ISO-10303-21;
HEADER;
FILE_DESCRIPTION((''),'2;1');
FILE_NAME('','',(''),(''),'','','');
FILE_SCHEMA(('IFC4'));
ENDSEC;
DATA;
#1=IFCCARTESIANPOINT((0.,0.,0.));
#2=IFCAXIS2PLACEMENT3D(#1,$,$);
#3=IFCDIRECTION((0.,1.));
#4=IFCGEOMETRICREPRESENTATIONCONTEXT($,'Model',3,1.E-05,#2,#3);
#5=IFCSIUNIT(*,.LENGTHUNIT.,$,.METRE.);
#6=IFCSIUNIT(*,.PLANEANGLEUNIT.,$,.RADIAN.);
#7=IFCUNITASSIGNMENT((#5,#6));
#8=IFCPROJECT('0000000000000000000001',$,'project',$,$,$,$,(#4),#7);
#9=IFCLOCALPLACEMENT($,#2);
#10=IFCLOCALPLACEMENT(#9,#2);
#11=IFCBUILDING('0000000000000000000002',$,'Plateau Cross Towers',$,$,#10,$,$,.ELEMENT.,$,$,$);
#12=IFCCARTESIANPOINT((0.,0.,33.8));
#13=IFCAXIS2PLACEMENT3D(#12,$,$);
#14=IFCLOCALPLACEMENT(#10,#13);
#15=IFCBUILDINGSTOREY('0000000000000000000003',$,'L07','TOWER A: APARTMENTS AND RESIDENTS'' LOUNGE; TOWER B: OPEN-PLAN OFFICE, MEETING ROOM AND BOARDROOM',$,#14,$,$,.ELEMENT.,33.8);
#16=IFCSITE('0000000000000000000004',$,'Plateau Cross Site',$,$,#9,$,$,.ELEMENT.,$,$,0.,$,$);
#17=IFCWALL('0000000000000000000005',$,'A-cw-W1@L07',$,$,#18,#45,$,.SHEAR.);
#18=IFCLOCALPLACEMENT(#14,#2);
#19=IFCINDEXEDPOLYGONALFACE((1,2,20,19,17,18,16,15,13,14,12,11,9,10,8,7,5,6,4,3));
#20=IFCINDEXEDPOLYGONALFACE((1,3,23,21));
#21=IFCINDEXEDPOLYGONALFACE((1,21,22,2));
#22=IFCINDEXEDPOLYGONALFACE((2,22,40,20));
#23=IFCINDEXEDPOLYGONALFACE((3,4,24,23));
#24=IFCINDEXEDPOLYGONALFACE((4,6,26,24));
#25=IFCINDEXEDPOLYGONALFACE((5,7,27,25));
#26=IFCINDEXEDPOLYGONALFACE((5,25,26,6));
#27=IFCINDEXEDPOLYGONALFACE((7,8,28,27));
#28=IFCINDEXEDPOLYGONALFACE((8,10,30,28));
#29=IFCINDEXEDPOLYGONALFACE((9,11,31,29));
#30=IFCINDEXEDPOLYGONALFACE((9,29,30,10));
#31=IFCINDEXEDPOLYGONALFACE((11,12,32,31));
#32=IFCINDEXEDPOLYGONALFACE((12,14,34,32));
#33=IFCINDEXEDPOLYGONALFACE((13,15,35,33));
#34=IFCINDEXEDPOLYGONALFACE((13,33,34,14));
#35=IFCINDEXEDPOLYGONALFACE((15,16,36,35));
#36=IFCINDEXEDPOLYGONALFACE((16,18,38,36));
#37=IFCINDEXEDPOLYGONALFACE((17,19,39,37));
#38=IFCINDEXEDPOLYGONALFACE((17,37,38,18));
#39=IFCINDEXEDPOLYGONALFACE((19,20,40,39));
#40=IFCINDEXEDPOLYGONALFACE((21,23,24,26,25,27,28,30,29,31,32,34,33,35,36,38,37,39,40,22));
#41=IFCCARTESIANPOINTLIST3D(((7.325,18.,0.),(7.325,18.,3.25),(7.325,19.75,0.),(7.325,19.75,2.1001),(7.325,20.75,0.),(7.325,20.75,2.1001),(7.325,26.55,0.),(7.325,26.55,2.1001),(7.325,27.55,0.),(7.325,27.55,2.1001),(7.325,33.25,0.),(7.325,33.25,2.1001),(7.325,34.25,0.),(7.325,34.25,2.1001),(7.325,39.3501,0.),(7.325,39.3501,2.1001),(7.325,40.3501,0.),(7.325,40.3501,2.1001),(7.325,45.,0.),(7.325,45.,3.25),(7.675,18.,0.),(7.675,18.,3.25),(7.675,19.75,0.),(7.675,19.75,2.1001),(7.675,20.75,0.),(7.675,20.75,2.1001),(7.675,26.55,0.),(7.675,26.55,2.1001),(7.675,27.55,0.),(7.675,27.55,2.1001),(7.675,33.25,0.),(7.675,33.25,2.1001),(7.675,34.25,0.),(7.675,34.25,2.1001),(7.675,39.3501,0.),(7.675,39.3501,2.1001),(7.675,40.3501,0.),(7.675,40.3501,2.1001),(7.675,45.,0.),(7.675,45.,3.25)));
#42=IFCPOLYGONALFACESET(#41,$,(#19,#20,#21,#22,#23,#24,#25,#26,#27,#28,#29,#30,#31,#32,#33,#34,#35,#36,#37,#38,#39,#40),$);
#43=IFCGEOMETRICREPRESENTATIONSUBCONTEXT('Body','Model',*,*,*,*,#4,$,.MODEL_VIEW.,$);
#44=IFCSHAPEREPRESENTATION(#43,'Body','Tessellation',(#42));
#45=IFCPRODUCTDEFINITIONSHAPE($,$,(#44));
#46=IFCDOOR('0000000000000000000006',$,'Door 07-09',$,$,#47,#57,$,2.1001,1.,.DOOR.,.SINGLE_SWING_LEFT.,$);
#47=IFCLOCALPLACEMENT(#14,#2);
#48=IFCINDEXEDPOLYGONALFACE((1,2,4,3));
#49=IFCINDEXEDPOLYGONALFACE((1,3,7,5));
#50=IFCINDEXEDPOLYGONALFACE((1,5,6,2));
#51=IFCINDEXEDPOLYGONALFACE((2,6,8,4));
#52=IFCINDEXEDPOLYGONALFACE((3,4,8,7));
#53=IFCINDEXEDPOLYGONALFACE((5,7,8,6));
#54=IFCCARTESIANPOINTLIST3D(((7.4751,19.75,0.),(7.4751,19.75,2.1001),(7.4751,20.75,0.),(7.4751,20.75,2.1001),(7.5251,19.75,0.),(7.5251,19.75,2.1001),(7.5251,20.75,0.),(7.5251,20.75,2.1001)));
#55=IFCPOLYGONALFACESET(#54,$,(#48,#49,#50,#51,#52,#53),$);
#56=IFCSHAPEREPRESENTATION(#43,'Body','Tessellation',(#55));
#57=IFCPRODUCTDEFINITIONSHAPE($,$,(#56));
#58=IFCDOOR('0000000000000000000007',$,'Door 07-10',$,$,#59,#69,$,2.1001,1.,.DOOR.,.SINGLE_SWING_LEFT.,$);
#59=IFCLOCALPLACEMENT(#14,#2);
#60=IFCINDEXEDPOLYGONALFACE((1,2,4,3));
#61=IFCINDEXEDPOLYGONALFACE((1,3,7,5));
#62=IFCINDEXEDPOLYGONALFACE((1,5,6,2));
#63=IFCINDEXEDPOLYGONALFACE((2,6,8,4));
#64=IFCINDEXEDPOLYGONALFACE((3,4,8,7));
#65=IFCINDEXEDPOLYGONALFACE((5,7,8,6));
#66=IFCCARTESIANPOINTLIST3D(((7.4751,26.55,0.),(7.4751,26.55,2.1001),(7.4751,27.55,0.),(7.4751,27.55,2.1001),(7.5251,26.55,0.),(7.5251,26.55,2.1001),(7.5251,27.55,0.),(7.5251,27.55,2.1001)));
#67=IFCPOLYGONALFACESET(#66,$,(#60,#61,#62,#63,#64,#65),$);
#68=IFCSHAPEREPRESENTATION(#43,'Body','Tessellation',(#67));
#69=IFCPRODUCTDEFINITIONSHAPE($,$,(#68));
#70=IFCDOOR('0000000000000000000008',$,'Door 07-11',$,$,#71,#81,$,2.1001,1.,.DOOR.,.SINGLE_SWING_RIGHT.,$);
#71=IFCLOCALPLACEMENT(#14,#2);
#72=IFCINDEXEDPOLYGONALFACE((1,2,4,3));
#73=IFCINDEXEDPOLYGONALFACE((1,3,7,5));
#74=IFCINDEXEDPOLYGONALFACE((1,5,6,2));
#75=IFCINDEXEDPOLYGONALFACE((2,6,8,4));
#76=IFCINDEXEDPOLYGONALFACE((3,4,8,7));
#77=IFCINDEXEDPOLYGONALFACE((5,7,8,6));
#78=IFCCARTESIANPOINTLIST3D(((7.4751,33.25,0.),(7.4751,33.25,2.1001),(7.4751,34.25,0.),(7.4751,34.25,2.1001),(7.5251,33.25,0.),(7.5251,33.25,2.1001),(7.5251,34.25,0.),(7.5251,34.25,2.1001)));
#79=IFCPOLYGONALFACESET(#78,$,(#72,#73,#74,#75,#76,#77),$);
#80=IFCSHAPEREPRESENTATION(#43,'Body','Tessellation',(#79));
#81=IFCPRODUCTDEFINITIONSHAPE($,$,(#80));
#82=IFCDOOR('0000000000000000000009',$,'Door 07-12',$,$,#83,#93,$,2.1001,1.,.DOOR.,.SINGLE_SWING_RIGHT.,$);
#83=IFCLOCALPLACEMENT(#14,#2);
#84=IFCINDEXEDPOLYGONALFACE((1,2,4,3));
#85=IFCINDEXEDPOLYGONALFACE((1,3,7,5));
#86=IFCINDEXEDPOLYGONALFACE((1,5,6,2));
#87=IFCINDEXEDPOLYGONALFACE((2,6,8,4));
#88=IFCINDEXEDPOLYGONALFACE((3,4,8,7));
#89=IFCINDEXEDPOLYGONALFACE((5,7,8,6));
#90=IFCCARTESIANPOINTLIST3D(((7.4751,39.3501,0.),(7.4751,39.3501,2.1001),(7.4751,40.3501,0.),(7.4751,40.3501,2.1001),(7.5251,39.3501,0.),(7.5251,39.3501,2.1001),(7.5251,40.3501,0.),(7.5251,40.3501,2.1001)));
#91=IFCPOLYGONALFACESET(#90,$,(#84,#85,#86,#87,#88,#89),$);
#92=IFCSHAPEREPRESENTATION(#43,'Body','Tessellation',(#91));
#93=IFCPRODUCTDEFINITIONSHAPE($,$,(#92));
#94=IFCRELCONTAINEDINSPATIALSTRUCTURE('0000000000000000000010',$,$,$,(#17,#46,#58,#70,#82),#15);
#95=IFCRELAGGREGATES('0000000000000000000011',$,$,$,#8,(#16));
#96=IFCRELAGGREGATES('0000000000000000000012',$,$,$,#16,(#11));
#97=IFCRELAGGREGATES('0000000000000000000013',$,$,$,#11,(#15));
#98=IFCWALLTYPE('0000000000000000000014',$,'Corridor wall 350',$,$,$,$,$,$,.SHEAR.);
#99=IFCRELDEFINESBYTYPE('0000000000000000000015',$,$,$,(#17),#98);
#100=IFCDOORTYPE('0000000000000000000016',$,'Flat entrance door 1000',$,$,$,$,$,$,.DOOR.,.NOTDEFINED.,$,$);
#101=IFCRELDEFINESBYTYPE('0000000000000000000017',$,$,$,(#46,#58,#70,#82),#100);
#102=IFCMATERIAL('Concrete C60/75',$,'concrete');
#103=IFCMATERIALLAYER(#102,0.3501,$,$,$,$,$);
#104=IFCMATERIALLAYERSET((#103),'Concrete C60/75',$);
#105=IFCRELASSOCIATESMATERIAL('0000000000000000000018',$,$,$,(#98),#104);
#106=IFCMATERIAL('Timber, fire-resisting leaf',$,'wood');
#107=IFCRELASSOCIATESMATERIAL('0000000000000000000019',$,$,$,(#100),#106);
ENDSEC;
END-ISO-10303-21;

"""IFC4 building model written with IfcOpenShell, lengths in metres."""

from ifc_helpers import new_model, si_unit, direction, frame, frame_2d, origin, place, context, subcontext, project, spatial, rectangle, extrude, material, layer, layer_set, type_object, element, fill, save


model = new_model("IFC4")

# Units and contexts
model_context = context("Model", 3, precision=1e-05, world=origin(), true_north=direction((0.0, 1.0)))
body_context = subcontext(model_context, "Body", "Model", "MODEL_VIEW")
ifc_project = project(units=[si_unit("LENGTHUNIT", "METRE"), si_unit("PLANEANGLEUNIT", "RADIAN")], contexts=[model_context])

# Site, building, storey
site_placement = place(None, origin())
site = spatial("IfcSite", under=ifc_project, at=site_placement, Name="Plateau Cross Site", CompositionType="ELEMENT", RefElevation=0.0)
building_placement = place(site_placement, origin())
building = spatial("IfcBuilding", under=site, at=building_placement, Name="Plateau Cross Towers", CompositionType="ELEMENT")
storey_placement = place(building_placement, frame((0.0, 0.0, 33.8)))
storey = spatial("IfcBuildingStorey", under=building, at=storey_placement, Name="L07", Description="TOWER A: APARTMENTS AND RESIDENTS' LOUNGE; TOWER B: OPEN-PLAN OFFICE, MEETING ROOM AND BOARDROOM", CompositionType="ELEMENT", Elevation=33.8)

# Shared definitions
ifc_material_1 = material(Name="Concrete C60/75", Category="concrete")

# Wall, openings, doors
ifc_layer_1 = layer(ifc_material_1, 0.3501)
ifc_layer_set_1 = layer_set([ifc_layer_1], Name="Concrete C60/75")
wall_type_1 = type_object("IfcWallType", Name="Corridor wall 350", PredefinedType="SHEAR", material=ifc_layer_set_1)
wall_1_placement = place(storey_placement, frame((7.5, 18.0, 0.0), z_axis=(0.0, 0.0, 1.0), x_axis=(0.0, 1.0, 0.0)))
wall_1 = element("IfcWall", 1, at=wall_1_placement, inside=storey, type_object=wall_type_1, Name="A-cw-W1@L07", PredefinedType="SHEAR", context=body_context, shape_type="SweptSolid", body=[
    extrude(rectangle(XDim=27.0, YDim=0.3501, at=frame_2d((13.5, 0.0))), origin(), (0.0, 0.0, 1.0), 3.25),
])
opening_1_placement = place(wall_1_placement, frame((1.75, 0.0, 0.0)))
opening_1 = element("IfcOpeningElement", 2, at=opening_1_placement, cuts=wall_1, PredefinedType="OPENING", context=body_context, shape_type="SweptSolid", body=[
    extrude(rectangle(XDim=1.0, YDim=2.1001, at=frame_2d((0.5, 1.05))), frame((0.0, 0.1851, 0.0), z_axis=(0.0, -1.0, 0.0), x_axis=(1.0, 0.0, 0.0)), (0.0, 0.0, 1.0), 0.3701),
])
opening_2_placement = place(wall_1_placement, frame((8.55, 0.0, 0.0)))
opening_2 = element("IfcOpeningElement", 3, at=opening_2_placement, cuts=wall_1, PredefinedType="OPENING", context=body_context, shape_type="SweptSolid", body=[
    extrude(rectangle(XDim=1.0, YDim=2.1001, at=frame_2d((0.5, 1.05))), frame((0.0, 0.1851, 0.0), z_axis=(0.0, -1.0, 0.0), x_axis=(1.0, 0.0, 0.0)), (0.0, 0.0, 1.0), 0.3701),
])
opening_3_placement = place(wall_1_placement, frame((15.25, 0.0, 0.0)))
opening_3 = element("IfcOpeningElement", 4, at=opening_3_placement, cuts=wall_1, PredefinedType="OPENING", context=body_context, shape_type="SweptSolid", body=[
    extrude(rectangle(XDim=1.0, YDim=2.1001, at=frame_2d((0.5, 1.05))), frame((0.0, 0.1851, 0.0), z_axis=(0.0, -1.0, 0.0), x_axis=(1.0, 0.0, 0.0)), (0.0, 0.0, 1.0), 0.3701),
])
opening_4_placement = place(wall_1_placement, frame((21.3501, 0.0, 0.0)))
opening_4 = element("IfcOpeningElement", 5, at=opening_4_placement, cuts=wall_1, PredefinedType="OPENING", context=body_context, shape_type="SweptSolid", body=[
    extrude(rectangle(XDim=1.0, YDim=2.1001, at=frame_2d((0.5, 1.05))), frame((0.0, 0.1851, 0.0), z_axis=(0.0, -1.0, 0.0), x_axis=(1.0, 0.0, 0.0)), (0.0, 0.0, 1.0), 0.3701),
])
ifc_material_2 = material(Name="Timber, fire-resisting leaf", Category="wood")
door_type_1 = type_object("IfcDoorType", Name="Flat entrance door 1000", OperationType="NOTDEFINED", PredefinedType="DOOR", material=ifc_material_2)
door_1_placement = place(opening_1_placement, origin())
door_1 = element("IfcDoor", 6, at=door_1_placement, inside=storey, type_object=door_type_1, Name="Door 07-09", OperationType="SINGLE_SWING_LEFT", OverallHeight=2.1001, OverallWidth=1.0, PredefinedType="DOOR", context=body_context, shape_type="SweptSolid", body=[
    extrude(rectangle(XDim=1.0, YDim=2.1001, at=frame_2d((0.5, 1.05))), frame((0.0, 0.0249, 0.0), z_axis=(0.0, -1.0, 0.0), x_axis=(1.0, 0.0, 0.0)), (0.0, 0.0, 1.0), 0.05),
])
fill(opening_1, door_1)
door_2_placement = place(opening_2_placement, origin())
door_2 = element("IfcDoor", 7, at=door_2_placement, inside=storey, type_object=door_type_1, Name="Door 07-10", OperationType="SINGLE_SWING_LEFT", OverallHeight=2.1001, OverallWidth=1.0, PredefinedType="DOOR", context=body_context, shape_type="SweptSolid", body=[
    extrude(rectangle(XDim=1.0, YDim=2.1001, at=frame_2d((0.5, 1.05))), frame((0.0, 0.0249, 0.0), z_axis=(0.0, -1.0, 0.0), x_axis=(1.0, 0.0, 0.0)), (0.0, 0.0, 1.0), 0.05),
])
fill(opening_2, door_2)
door_3_placement = place(opening_3_placement, origin())
door_3 = element("IfcDoor", 8, at=door_3_placement, inside=storey, type_object=door_type_1, Name="Door 07-11", OperationType="SINGLE_SWING_RIGHT", OverallHeight=2.1001, OverallWidth=1.0, PredefinedType="DOOR", context=body_context, shape_type="SweptSolid", body=[
    extrude(rectangle(XDim=1.0, YDim=2.1001, at=frame_2d((0.5, 1.05))), frame((0.0, 0.0249, 0.0), z_axis=(0.0, -1.0, 0.0), x_axis=(1.0, 0.0, 0.0)), (0.0, 0.0, 1.0), 0.05),
])
fill(opening_3, door_3)
door_4_placement = place(opening_4_placement, origin())
door_4 = element("IfcDoor", 9, at=door_4_placement, inside=storey, type_object=door_type_1, Name="Door 07-12", OperationType="SINGLE_SWING_RIGHT", OverallHeight=2.1001, OverallWidth=1.0, PredefinedType="DOOR", context=body_context, shape_type="SweptSolid", body=[
    extrude(rectangle(XDim=1.0, YDim=2.1001, at=frame_2d((0.5, 1.05))), frame((0.0, 0.0249, 0.0), z_axis=(0.0, -1.0, 0.0), x_axis=(1.0, 0.0, 0.0)), (0.0, 0.0, 1.0), 0.05),
])
fill(opening_4, door_4)

save(model, "model.ifc")
